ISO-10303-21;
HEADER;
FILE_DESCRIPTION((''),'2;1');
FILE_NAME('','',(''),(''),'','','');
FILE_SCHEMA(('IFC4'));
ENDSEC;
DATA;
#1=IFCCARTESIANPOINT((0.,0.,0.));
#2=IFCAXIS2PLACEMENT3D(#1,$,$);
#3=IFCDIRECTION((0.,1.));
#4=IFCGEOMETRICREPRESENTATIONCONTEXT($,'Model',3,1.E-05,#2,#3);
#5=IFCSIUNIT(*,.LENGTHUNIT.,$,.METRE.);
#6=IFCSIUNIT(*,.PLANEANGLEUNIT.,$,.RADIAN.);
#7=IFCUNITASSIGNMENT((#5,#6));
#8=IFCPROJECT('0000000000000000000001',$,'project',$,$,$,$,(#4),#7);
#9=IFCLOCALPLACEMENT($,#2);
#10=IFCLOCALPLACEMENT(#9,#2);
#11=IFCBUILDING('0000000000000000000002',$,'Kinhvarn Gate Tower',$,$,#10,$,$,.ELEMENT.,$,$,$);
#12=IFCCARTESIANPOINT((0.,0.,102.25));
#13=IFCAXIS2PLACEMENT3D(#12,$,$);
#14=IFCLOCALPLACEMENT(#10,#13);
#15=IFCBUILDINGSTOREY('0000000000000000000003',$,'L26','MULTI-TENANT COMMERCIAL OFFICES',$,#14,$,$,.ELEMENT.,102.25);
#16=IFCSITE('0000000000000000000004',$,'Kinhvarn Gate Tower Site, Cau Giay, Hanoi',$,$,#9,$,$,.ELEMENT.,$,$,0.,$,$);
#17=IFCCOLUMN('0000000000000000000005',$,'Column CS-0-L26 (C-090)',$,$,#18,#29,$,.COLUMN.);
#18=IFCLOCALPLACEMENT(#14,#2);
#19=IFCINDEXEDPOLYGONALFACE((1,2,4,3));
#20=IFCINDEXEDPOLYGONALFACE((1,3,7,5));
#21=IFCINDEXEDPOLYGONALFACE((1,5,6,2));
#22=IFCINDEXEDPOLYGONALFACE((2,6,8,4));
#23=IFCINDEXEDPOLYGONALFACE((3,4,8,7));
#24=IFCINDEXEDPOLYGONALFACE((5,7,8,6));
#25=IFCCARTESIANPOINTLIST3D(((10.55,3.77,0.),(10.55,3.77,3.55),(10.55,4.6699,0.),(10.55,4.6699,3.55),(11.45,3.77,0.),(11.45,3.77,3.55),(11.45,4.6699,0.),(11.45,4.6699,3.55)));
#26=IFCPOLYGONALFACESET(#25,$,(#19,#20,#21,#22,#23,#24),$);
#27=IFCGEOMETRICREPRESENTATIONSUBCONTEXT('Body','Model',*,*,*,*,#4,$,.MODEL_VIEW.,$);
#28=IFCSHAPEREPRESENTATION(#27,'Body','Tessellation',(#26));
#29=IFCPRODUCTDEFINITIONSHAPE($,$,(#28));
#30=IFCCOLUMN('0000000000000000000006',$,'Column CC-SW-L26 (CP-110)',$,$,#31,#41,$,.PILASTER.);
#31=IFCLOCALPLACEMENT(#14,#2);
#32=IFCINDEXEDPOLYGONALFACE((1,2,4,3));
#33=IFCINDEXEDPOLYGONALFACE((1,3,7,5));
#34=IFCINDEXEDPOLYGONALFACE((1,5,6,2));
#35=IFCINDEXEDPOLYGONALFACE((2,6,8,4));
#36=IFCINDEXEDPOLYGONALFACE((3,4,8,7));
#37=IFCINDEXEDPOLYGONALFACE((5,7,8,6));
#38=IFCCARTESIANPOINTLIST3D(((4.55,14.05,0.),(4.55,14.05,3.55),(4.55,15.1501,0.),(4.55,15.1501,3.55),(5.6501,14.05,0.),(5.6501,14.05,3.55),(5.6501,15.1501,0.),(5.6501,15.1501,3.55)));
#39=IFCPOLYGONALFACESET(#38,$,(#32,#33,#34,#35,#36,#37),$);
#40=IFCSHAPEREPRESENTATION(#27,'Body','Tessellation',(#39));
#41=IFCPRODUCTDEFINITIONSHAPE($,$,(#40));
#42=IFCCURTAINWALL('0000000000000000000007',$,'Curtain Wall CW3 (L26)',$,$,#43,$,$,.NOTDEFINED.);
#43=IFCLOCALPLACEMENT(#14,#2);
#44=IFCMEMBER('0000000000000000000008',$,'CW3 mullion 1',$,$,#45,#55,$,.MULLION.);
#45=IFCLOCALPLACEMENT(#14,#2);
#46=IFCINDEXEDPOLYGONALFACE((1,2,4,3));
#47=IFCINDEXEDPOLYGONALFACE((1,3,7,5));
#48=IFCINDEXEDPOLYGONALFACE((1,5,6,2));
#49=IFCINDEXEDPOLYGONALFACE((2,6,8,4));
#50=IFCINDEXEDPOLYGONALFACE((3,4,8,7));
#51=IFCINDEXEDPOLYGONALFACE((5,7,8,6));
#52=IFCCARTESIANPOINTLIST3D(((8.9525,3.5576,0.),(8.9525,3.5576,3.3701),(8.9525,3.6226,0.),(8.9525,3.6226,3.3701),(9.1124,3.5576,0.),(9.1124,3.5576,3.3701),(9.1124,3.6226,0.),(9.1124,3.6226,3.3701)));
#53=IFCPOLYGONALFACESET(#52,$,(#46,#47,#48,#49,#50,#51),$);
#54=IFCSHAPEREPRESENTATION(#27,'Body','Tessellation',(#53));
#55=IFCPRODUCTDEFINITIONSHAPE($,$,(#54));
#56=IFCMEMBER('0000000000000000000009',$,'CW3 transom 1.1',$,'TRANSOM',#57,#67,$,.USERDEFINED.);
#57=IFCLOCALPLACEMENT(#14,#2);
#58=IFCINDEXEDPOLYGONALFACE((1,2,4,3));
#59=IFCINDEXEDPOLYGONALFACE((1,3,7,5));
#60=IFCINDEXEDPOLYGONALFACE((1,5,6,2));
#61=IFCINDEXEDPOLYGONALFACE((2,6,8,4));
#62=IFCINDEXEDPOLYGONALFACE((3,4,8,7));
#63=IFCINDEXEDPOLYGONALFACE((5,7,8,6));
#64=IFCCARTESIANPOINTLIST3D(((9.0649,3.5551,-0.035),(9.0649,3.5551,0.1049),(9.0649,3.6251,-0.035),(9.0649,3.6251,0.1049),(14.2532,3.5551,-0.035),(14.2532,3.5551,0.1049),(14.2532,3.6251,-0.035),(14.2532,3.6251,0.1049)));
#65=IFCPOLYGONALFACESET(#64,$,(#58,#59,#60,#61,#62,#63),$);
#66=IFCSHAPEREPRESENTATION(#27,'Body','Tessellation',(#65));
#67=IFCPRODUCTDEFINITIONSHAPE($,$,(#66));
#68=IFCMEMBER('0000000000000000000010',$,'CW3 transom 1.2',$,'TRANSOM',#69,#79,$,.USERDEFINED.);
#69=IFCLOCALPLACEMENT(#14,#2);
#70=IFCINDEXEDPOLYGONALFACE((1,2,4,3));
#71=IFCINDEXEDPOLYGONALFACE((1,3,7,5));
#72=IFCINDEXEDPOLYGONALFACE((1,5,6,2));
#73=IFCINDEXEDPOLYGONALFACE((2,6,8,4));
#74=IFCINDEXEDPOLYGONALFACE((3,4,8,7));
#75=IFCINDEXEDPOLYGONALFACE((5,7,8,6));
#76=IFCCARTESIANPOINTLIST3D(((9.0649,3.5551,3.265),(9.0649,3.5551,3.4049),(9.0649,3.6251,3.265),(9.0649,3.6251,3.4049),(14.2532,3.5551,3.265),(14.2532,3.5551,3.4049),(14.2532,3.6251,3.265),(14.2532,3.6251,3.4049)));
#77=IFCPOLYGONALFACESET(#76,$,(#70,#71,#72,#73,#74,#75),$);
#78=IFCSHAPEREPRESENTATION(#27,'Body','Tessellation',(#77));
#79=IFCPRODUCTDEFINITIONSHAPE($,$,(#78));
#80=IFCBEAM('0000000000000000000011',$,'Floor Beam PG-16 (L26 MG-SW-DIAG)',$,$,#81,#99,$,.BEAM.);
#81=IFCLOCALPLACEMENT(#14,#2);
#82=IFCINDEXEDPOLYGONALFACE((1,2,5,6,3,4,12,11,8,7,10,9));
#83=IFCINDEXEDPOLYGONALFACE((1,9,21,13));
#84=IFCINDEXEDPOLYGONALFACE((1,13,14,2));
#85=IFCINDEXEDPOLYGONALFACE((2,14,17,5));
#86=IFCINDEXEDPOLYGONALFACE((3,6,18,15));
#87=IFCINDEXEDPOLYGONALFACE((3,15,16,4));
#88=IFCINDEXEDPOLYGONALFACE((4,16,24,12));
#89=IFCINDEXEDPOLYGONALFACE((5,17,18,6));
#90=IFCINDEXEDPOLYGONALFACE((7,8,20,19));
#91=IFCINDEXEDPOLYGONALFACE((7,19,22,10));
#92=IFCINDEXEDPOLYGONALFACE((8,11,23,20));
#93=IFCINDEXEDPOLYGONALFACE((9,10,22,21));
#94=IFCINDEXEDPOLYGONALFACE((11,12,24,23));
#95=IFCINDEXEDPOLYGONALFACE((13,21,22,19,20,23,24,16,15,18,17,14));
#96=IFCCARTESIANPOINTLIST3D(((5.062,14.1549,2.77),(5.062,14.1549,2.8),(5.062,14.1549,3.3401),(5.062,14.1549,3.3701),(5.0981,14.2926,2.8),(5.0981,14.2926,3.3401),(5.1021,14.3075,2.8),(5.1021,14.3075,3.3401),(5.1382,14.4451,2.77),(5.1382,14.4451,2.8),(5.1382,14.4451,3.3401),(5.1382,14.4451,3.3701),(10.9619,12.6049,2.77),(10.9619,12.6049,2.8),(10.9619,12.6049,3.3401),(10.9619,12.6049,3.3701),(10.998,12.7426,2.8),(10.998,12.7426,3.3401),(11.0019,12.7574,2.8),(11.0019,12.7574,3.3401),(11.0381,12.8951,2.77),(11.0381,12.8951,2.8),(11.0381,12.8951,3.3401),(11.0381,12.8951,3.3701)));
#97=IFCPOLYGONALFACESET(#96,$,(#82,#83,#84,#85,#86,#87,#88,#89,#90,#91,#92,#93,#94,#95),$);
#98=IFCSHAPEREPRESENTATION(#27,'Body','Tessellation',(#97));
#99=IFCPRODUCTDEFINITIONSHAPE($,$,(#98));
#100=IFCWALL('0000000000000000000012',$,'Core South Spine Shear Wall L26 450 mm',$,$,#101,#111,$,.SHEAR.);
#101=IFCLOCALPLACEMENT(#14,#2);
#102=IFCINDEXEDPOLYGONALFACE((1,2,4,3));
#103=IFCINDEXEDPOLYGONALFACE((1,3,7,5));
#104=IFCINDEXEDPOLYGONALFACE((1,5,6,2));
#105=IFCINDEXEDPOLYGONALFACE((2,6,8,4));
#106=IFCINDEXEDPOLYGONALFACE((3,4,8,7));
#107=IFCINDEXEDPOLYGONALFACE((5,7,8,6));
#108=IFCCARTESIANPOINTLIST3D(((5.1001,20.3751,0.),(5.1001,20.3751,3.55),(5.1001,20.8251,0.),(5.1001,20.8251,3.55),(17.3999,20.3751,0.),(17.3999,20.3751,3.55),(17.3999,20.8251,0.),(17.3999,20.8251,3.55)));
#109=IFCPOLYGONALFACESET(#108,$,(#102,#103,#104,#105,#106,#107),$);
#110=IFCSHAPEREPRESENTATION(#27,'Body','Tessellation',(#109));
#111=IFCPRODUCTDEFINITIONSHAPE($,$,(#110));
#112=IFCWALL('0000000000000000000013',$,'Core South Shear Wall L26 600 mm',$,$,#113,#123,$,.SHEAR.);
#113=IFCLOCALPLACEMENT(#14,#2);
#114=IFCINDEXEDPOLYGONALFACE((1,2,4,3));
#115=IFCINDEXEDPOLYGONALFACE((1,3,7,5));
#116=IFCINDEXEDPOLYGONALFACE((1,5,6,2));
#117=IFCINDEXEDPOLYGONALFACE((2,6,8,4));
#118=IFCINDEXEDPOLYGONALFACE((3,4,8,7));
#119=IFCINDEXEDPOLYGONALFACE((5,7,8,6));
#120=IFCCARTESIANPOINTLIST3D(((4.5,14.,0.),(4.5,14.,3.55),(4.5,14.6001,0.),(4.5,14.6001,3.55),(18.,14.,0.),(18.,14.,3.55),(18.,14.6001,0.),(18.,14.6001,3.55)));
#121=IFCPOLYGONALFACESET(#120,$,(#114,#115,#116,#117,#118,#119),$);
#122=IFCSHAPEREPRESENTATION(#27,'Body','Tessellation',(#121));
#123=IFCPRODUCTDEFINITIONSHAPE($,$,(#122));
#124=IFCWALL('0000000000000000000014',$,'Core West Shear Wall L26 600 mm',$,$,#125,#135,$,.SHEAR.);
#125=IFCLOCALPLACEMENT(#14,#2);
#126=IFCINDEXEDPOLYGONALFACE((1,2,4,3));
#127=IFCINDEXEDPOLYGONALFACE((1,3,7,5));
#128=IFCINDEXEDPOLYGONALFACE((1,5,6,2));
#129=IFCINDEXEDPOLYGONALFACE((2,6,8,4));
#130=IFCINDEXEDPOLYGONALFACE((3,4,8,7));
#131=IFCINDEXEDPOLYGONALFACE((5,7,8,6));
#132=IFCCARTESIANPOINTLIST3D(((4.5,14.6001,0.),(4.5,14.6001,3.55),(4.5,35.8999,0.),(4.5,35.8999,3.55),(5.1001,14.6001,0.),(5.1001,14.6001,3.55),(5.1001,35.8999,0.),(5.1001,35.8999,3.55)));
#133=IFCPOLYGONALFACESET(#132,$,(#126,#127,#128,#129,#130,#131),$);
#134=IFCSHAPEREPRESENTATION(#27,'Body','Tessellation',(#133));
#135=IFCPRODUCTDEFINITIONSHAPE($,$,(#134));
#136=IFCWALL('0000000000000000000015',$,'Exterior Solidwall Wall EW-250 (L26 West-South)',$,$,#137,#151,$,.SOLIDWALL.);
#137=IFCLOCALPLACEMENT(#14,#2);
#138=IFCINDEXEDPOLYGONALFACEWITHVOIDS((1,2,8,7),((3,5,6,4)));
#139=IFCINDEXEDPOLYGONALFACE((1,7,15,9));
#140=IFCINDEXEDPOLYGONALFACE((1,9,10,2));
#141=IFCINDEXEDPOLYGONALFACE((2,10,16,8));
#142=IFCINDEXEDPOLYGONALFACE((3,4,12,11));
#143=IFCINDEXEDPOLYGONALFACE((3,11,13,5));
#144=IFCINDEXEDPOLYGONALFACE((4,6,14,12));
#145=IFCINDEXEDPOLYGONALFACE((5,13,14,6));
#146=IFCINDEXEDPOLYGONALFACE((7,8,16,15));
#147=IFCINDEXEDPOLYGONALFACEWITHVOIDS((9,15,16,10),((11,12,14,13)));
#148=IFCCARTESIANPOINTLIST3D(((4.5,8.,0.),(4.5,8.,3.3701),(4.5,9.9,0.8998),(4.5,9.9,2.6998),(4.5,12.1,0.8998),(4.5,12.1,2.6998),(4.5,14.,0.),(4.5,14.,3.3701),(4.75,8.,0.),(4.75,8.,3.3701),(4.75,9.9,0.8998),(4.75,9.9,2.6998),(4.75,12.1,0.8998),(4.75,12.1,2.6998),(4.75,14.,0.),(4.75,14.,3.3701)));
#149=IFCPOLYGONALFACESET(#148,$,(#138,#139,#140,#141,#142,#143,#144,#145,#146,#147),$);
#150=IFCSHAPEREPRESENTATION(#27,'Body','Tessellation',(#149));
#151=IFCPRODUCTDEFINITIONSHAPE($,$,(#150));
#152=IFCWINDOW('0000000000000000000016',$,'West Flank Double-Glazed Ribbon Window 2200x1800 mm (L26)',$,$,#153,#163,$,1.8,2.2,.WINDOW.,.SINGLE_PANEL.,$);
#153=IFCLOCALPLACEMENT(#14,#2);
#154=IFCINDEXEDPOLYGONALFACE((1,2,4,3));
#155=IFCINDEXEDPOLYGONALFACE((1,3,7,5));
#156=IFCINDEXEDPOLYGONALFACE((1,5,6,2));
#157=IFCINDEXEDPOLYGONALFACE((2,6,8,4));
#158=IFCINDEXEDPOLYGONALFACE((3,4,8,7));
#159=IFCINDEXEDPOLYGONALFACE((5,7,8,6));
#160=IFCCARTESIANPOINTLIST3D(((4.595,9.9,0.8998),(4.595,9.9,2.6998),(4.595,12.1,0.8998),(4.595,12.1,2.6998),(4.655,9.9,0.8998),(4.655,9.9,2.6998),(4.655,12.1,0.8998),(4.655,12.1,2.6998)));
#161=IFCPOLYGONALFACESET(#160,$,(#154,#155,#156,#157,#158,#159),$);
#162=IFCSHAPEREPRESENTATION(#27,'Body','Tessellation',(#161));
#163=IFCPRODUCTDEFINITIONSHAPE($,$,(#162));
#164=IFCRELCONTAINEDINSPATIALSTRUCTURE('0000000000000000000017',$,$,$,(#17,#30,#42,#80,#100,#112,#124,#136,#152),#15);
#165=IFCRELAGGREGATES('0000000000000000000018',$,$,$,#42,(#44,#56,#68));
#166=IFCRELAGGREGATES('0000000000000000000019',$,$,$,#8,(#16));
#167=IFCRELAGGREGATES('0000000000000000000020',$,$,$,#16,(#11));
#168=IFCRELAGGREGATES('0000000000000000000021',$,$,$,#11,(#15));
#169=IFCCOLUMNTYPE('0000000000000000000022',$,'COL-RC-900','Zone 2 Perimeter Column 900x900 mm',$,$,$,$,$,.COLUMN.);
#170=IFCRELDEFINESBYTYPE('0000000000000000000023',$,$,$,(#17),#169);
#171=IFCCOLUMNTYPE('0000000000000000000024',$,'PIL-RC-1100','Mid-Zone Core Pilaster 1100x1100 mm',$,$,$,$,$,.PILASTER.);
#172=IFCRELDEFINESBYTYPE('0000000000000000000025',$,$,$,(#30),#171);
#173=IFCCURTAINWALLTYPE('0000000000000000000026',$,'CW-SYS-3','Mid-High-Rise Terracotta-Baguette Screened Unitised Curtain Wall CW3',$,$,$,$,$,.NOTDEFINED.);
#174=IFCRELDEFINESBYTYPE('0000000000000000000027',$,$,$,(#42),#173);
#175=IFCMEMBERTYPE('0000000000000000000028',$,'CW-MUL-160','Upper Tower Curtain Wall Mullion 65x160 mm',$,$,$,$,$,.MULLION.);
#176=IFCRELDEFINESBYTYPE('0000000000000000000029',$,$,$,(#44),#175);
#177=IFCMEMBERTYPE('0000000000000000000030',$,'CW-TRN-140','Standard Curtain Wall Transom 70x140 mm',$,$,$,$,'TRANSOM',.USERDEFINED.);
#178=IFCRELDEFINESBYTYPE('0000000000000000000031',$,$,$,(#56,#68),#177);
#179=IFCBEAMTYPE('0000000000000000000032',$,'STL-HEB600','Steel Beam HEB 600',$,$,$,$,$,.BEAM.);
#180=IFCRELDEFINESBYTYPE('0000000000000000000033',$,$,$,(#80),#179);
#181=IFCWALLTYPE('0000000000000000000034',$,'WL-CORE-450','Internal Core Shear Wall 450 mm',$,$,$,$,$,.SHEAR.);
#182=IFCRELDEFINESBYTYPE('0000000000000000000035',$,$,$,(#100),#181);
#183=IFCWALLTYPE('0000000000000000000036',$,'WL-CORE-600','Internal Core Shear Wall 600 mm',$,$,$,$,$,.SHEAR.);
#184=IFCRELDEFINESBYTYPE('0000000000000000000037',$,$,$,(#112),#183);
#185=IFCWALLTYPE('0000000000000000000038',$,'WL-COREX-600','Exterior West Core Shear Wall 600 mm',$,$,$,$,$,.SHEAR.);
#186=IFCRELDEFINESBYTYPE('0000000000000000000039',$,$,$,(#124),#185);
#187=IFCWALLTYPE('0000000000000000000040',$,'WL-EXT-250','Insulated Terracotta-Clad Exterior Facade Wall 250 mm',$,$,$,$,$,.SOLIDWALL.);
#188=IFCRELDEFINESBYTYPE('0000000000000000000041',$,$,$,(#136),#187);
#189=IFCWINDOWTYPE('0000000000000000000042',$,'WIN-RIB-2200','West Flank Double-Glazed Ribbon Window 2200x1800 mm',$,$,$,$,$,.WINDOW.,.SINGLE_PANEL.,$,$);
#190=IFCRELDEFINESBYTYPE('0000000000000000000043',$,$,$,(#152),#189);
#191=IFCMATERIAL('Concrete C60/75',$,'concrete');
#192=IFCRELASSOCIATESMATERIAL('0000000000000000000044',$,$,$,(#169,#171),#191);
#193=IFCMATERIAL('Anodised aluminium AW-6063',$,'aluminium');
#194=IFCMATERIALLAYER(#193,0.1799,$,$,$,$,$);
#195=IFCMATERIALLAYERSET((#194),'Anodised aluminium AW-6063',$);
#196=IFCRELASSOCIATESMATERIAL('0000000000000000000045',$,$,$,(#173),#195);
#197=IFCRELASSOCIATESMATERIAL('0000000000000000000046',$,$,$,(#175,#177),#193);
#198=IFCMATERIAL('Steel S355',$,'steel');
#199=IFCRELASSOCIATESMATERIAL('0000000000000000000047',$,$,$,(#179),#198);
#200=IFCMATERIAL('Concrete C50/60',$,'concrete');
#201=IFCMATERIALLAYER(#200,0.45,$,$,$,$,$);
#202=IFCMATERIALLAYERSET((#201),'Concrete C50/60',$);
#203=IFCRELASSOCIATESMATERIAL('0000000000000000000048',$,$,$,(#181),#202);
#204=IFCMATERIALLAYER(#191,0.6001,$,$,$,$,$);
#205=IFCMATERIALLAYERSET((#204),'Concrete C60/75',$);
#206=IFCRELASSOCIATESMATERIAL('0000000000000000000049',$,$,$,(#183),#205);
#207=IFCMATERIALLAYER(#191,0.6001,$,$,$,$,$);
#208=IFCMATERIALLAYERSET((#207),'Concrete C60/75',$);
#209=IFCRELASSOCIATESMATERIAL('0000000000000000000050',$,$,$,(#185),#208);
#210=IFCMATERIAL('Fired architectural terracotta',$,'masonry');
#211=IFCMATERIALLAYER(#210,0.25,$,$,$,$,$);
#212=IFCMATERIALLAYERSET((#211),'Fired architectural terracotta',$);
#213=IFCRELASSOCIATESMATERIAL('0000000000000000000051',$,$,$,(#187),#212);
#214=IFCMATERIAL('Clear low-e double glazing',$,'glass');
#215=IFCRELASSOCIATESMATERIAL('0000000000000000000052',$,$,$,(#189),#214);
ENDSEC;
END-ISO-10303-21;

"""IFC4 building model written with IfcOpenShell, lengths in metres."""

from ifc_helpers import new_model, si_unit, direction, frame, frame_2d, origin, origin_2d, place, context, subcontext, project, spatial, rectangle, i_section, extrude, material, layer, layer_set, material_profile, profile_set, type_object, element, fill, aggregate, save


model = new_model("IFC4")

# Units and contexts
model_context = context("Model", 3, precision=1e-05, world=origin(), true_north=direction((0.0, 1.0)))
body_context = subcontext(model_context, "Body", "Model", "MODEL_VIEW")
ifc_project = project(units=[si_unit("LENGTHUNIT", "METRE"), si_unit("PLANEANGLEUNIT", "RADIAN")], contexts=[model_context])

# Site, building, storey
site_placement = place(None, origin())
site = spatial("IfcSite", under=ifc_project, at=site_placement, Name="Kinhvarn Gate Tower Site, Cau Giay, Hanoi", CompositionType="ELEMENT", RefElevation=0.0)
building_placement = place(site_placement, origin())
building = spatial("IfcBuilding", under=site, at=building_placement, Name="Kinhvarn Gate Tower", CompositionType="ELEMENT")
storey_placement = place(building_placement, frame((0.0, 0.0, 102.25)))
storey = spatial("IfcBuildingStorey", under=building, at=storey_placement, Name="L26", Description="MULTI-TENANT COMMERCIAL OFFICES", CompositionType="ELEMENT", Elevation=102.25)

# Columns
ifc_material_1 = material(Name="Concrete C60/75", Category="concrete")
ifc_material_profile_1 = material_profile(ifc_material_1, rectangle(XDim=0.8999, YDim=0.8999, at=origin_2d()), Name="RC 900x900")
ifc_profile_set_1 = profile_set([ifc_material_profile_1], Name="Concrete C60/75")
column_type_1 = type_object("IfcColumnType", Name="COL-RC-900", Description="Zone 2 Perimeter Column 900x900 mm", PredefinedType="COLUMN", material=ifc_profile_set_1)
column_1_placement = place(storey_placement, frame((11.0, 4.22, 0.0), z_axis=(0.0, 0.0, 1.0), x_axis=(1.0, 0.0, 0.0)))
element("IfcColumn", 1, at=column_1_placement, inside=storey, type_object=column_type_1, Name="Column CS-0-L26 (C-090)", PredefinedType="COLUMN", context=body_context, shape_type="SweptSolid", body=[
    extrude(rectangle(XDim=0.8999, YDim=0.8999, at=origin_2d()), origin(), (0.0, 0.0, 1.0), 3.55),
])
ifc_material_profile_2 = material_profile(ifc_material_1, rectangle(XDim=1.1001, YDim=1.1001, at=origin_2d()), Name="RC 1100x1100")
ifc_profile_set_2 = profile_set([ifc_material_profile_2], Name="Concrete C60/75")
column_type_2 = type_object("IfcColumnType", Name="PIL-RC-1100", Description="Mid-Zone Core Pilaster 1100x1100 mm", PredefinedType="PILASTER", material=ifc_profile_set_2)
column_2_placement = place(storey_placement, frame((5.1001, 14.6001, 0.0), z_axis=(0.0, 0.0, 1.0), x_axis=(1.0, 0.0, 0.0)))
element("IfcColumn", 2, at=column_2_placement, inside=storey, type_object=column_type_2, Name="Column CC-SW-L26 (CP-110)", PredefinedType="PILASTER", context=body_context, shape_type="SweptSolid", body=[
    extrude(rectangle(XDim=1.1001, YDim=1.1001, at=origin_2d()), origin(), (0.0, 0.0, 1.0), 3.55),
])

# Curtain wall, members
ifc_material_2 = material(Name="Anodised aluminium AW-6063", Category="aluminium")
ifc_layer_1 = layer(ifc_material_2, 0.1799)
ifc_layer_set_1 = layer_set([ifc_layer_1], Name="Anodised aluminium AW-6063")
curtain_wall_type = type_object("IfcCurtainWallType", Name="CW-SYS-3", Description="Mid-High-Rise Terracotta-Baguette Screened Unitised Curtain Wall CW3", PredefinedType="NOTDEFINED", material=ifc_layer_set_1)
curtain_wall_placement = place(storey_placement, origin())
curtain_wall = element("IfcCurtainWall", 3, at=curtain_wall_placement, inside=storey, type_object=curtain_wall_type, Name="Curtain Wall CW3 (L26)", PredefinedType="NOTDEFINED")
ifc_material_profile_3 = material_profile(ifc_material_2, rectangle(XDim=0.0649, YDim=0.1599, at=origin_2d()), Name="ALU 65x160")
ifc_profile_set_3 = profile_set([ifc_material_profile_3], Name="Anodised aluminium AW-6063")
member_type_1 = type_object("IfcMemberType", Name="CW-MUL-160", Description="Upper Tower Curtain Wall Mullion 65x160 mm", PredefinedType="MULLION", material=ifc_profile_set_3)
member_1_placement = place(storey_placement, frame((9.0325, 3.5901, 0.0), z_axis=(0.0, 0.0, 1.0), x_axis=(0.0, 1.0, 0.0)))
member_1 = element("IfcMember", 4, at=member_1_placement, type_object=member_type_1, Name="CW3 mullion 1", PredefinedType="MULLION", context=body_context, shape_type="SweptSolid", body=[
    extrude(rectangle(XDim=0.0649, YDim=0.1599, at=origin_2d()), origin(), (0.0, 0.0, 1.0), 3.3701),
])
ifc_material_profile_4 = material_profile(ifc_material_2, rectangle(XDim=0.0701, YDim=0.1399, at=origin_2d()), Name="ALU 70x140")
ifc_profile_set_4 = profile_set([ifc_material_profile_4], Name="Anodised aluminium AW-6063")
member_type_2 = type_object("IfcMemberType", Name="CW-TRN-140", Description="Standard Curtain Wall Transom 70x140 mm", ElementType="TRANSOM", PredefinedType="USERDEFINED", material=ifc_profile_set_4)
member_2_placement = place(storey_placement, frame((9.0649, 3.5901, 0.0349), z_axis=(1.0, 0.0, 0.0), x_axis=(0.0, 1.0, 0.0)))
member_2 = element("IfcMember", 5, at=member_2_placement, type_object=member_type_2, Name="CW3 transom 1.1", ObjectType="TRANSOM", PredefinedType="USERDEFINED", context=body_context, shape_type="SweptSolid", body=[
    extrude(rectangle(XDim=0.0701, YDim=0.1399, at=origin_2d()), origin(), (0.0, 0.0, 1.0), 5.1882),
])
member_3_placement = place(storey_placement, frame((9.0649, 3.5901, 3.335), z_axis=(1.0, 0.0, 0.0), x_axis=(0.0, 1.0, 0.0)))
member_3 = element("IfcMember", 6, at=member_3_placement, type_object=member_type_2, Name="CW3 transom 1.2", ObjectType="TRANSOM", PredefinedType="USERDEFINED", context=body_context, shape_type="SweptSolid", body=[
    extrude(rectangle(XDim=0.0701, YDim=0.1399, at=origin_2d()), origin(), (0.0, 0.0, 1.0), 5.1882),
])
aggregate(curtain_wall, [member_1, member_2, member_3])

# Beam
ifc_material_3 = material(Name="Steel S355", Category="steel")
ifc_material_profile_5 = material_profile(ifc_material_3, i_section(OverallWidth=0.3, OverallDepth=0.6001, WebThickness=0.0154, FlangeThickness=0.03, at=origin_2d()), Name="HEB 600")
ifc_profile_set_5 = profile_set([ifc_material_profile_5], Name="Steel S355")
beam_type = type_object("IfcBeamType", Name="STL-HEB600", Description="Steel Beam HEB 600", PredefinedType="BEAM", material=ifc_profile_set_5)
beam_placement = place(storey_placement, frame((5.1001, 14.3, 3.0701), z_axis=(0.967178, -0.254101, 0.0), x_axis=(0.254101, 0.967178, 0.0)))
element("IfcBeam", 7, at=beam_placement, inside=storey, type_object=beam_type, Name="Floor Beam PG-16 (L26 MG-SW-DIAG)", PredefinedType="BEAM", context=body_context, shape_type="SweptSolid", body=[
    extrude(i_section(OverallWidth=0.3, OverallDepth=0.6001, WebThickness=0.0154, FlangeThickness=0.03, at=origin_2d()), origin(), (0.0, 0.0, 1.0), 6.1001),
])

# Walls
ifc_material_4 = material(Name="Concrete C50/60", Category="concrete")
ifc_layer_2 = layer(ifc_material_4, 0.45)
ifc_layer_set_2 = layer_set([ifc_layer_2], Name="Concrete C50/60")
wall_type_1 = type_object("IfcWallType", Name="WL-CORE-450", Description="Internal Core Shear Wall 450 mm", PredefinedType="SHEAR", material=ifc_layer_set_2)
wall_1_placement = place(storey_placement, frame((5.1001, 20.6001, 0.0), z_axis=(0.0, 0.0, 1.0), x_axis=(1.0, 0.0, 0.0)))
element("IfcWall", 8, at=wall_1_placement, inside=storey, type_object=wall_type_1, Name="Core South Spine Shear Wall L26 450 mm", PredefinedType="SHEAR", context=body_context, shape_type="SweptSolid", body=[
    extrude(rectangle(XDim=12.2998, YDim=0.45, at=frame_2d((6.1499, 0.0))), origin(), (0.0, 0.0, 1.0), 3.55),
])
ifc_layer_3 = layer(ifc_material_1, 0.6001)
ifc_layer_set_3 = layer_set([ifc_layer_3], Name="Concrete C60/75")
wall_type_2 = type_object("IfcWallType", Name="WL-CORE-600", Description="Internal Core Shear Wall 600 mm", PredefinedType="SHEAR", material=ifc_layer_set_3)
wall_2_placement = place(storey_placement, frame((4.5, 14.3, 0.0), z_axis=(0.0, 0.0, 1.0), x_axis=(1.0, 0.0, 0.0)))
element("IfcWall", 9, at=wall_2_placement, inside=storey, type_object=wall_type_2, Name="Core South Shear Wall L26 600 mm", PredefinedType="SHEAR", context=body_context, shape_type="SweptSolid", body=[
    extrude(rectangle(XDim=13.5, YDim=0.6001, at=frame_2d((6.75, 0.0))), origin(), (0.0, 0.0, 1.0), 3.55),
])
ifc_layer_4 = layer(ifc_material_1, 0.6001)
ifc_layer_set_4 = layer_set([ifc_layer_4], Name="Concrete C60/75")
wall_type_3 = type_object("IfcWallType", Name="WL-COREX-600", Description="Exterior West Core Shear Wall 600 mm", PredefinedType="SHEAR", material=ifc_layer_set_4)
wall_3_placement = place(storey_placement, frame((4.8, 14.6001, 0.0), z_axis=(0.0, 0.0, 1.0), x_axis=(0.0, 1.0, 0.0)))
element("IfcWall", 10, at=wall_3_placement, inside=storey, type_object=wall_type_3, Name="Core West Shear Wall L26 600 mm", PredefinedType="SHEAR", context=body_context, shape_type="SweptSolid", body=[
    extrude(rectangle(XDim=21.2998, YDim=0.6001, at=frame_2d((10.6499, 0.0))), origin(), (0.0, 0.0, 1.0), 3.55),
])

# Wall, opening, window
ifc_material_5 = material(Name="Fired architectural terracotta", Category="masonry")
ifc_layer_5 = layer(ifc_material_5, 0.25)
ifc_layer_set_5 = layer_set([ifc_layer_5], Name="Fired architectural terracotta")
wall_type_4 = type_object("IfcWallType", Name="WL-EXT-250", Description="Insulated Terracotta-Clad Exterior Facade Wall 250 mm", PredefinedType="SOLIDWALL", material=ifc_layer_set_5)
wall_4_placement = place(storey_placement, frame((4.625, 14.0, 0.0), z_axis=(0.0, 0.0, 1.0), x_axis=(0.0, -1.0, 0.0)))
wall_4 = element("IfcWall", 11, at=wall_4_placement, inside=storey, type_object=wall_type_4, Name="Exterior Solidwall Wall EW-250 (L26 West-South)", PredefinedType="SOLIDWALL", context=body_context, shape_type="SweptSolid", body=[
    extrude(rectangle(XDim=6.0, YDim=0.25, at=frame_2d((3.0, 0.0))), origin(), (0.0, 0.0, 1.0), 3.3701),
])
opening_1_placement = place(wall_4_placement, frame((1.8999, 0.0, 0.8999)))
opening_1 = element("IfcOpeningElement", 12, at=opening_1_placement, cuts=wall_4, PredefinedType="OPENING", context=body_context, shape_type="SweptSolid", body=[
    extrude(rectangle(XDim=2.2, YDim=1.8, at=frame_2d((1.1001, 0.8999))), frame((0.0, 0.135, 0.0), z_axis=(0.0, -1.0, 0.0), x_axis=(1.0, 0.0, 0.0)), (0.0, 0.0, 1.0), 0.27),
])
ifc_material_6 = material(Name="Clear low-e double glazing", Category="glass")
window_type_1 = type_object("IfcWindowType", Name="WIN-RIB-2200", Description="West Flank Double-Glazed Ribbon Window 2200x1800 mm", PartitioningType="SINGLE_PANEL", PredefinedType="WINDOW", material=ifc_material_6)
window_1_placement = place(opening_1_placement, origin())
window_1 = element("IfcWindow", 13, at=window_1_placement, inside=storey, type_object=window_type_1, Name="West Flank Double-Glazed Ribbon Window 2200x1800 mm (L26)", OverallHeight=1.8, OverallWidth=2.2, PartitioningType="SINGLE_PANEL", PredefinedType="WINDOW", context=body_context, shape_type="SweptSolid", body=[
    extrude(rectangle(XDim=2.2, YDim=1.8, at=frame_2d((1.1001, 0.8999))), frame((0.0, 0.03, 0.0), z_axis=(0.0, -1.0, 0.0), x_axis=(1.0, 0.0, 0.0)), (0.0, 0.0, 1.0), 0.0601),
])
fill(opening_1, window_1)

save(model, "model.ifc")
